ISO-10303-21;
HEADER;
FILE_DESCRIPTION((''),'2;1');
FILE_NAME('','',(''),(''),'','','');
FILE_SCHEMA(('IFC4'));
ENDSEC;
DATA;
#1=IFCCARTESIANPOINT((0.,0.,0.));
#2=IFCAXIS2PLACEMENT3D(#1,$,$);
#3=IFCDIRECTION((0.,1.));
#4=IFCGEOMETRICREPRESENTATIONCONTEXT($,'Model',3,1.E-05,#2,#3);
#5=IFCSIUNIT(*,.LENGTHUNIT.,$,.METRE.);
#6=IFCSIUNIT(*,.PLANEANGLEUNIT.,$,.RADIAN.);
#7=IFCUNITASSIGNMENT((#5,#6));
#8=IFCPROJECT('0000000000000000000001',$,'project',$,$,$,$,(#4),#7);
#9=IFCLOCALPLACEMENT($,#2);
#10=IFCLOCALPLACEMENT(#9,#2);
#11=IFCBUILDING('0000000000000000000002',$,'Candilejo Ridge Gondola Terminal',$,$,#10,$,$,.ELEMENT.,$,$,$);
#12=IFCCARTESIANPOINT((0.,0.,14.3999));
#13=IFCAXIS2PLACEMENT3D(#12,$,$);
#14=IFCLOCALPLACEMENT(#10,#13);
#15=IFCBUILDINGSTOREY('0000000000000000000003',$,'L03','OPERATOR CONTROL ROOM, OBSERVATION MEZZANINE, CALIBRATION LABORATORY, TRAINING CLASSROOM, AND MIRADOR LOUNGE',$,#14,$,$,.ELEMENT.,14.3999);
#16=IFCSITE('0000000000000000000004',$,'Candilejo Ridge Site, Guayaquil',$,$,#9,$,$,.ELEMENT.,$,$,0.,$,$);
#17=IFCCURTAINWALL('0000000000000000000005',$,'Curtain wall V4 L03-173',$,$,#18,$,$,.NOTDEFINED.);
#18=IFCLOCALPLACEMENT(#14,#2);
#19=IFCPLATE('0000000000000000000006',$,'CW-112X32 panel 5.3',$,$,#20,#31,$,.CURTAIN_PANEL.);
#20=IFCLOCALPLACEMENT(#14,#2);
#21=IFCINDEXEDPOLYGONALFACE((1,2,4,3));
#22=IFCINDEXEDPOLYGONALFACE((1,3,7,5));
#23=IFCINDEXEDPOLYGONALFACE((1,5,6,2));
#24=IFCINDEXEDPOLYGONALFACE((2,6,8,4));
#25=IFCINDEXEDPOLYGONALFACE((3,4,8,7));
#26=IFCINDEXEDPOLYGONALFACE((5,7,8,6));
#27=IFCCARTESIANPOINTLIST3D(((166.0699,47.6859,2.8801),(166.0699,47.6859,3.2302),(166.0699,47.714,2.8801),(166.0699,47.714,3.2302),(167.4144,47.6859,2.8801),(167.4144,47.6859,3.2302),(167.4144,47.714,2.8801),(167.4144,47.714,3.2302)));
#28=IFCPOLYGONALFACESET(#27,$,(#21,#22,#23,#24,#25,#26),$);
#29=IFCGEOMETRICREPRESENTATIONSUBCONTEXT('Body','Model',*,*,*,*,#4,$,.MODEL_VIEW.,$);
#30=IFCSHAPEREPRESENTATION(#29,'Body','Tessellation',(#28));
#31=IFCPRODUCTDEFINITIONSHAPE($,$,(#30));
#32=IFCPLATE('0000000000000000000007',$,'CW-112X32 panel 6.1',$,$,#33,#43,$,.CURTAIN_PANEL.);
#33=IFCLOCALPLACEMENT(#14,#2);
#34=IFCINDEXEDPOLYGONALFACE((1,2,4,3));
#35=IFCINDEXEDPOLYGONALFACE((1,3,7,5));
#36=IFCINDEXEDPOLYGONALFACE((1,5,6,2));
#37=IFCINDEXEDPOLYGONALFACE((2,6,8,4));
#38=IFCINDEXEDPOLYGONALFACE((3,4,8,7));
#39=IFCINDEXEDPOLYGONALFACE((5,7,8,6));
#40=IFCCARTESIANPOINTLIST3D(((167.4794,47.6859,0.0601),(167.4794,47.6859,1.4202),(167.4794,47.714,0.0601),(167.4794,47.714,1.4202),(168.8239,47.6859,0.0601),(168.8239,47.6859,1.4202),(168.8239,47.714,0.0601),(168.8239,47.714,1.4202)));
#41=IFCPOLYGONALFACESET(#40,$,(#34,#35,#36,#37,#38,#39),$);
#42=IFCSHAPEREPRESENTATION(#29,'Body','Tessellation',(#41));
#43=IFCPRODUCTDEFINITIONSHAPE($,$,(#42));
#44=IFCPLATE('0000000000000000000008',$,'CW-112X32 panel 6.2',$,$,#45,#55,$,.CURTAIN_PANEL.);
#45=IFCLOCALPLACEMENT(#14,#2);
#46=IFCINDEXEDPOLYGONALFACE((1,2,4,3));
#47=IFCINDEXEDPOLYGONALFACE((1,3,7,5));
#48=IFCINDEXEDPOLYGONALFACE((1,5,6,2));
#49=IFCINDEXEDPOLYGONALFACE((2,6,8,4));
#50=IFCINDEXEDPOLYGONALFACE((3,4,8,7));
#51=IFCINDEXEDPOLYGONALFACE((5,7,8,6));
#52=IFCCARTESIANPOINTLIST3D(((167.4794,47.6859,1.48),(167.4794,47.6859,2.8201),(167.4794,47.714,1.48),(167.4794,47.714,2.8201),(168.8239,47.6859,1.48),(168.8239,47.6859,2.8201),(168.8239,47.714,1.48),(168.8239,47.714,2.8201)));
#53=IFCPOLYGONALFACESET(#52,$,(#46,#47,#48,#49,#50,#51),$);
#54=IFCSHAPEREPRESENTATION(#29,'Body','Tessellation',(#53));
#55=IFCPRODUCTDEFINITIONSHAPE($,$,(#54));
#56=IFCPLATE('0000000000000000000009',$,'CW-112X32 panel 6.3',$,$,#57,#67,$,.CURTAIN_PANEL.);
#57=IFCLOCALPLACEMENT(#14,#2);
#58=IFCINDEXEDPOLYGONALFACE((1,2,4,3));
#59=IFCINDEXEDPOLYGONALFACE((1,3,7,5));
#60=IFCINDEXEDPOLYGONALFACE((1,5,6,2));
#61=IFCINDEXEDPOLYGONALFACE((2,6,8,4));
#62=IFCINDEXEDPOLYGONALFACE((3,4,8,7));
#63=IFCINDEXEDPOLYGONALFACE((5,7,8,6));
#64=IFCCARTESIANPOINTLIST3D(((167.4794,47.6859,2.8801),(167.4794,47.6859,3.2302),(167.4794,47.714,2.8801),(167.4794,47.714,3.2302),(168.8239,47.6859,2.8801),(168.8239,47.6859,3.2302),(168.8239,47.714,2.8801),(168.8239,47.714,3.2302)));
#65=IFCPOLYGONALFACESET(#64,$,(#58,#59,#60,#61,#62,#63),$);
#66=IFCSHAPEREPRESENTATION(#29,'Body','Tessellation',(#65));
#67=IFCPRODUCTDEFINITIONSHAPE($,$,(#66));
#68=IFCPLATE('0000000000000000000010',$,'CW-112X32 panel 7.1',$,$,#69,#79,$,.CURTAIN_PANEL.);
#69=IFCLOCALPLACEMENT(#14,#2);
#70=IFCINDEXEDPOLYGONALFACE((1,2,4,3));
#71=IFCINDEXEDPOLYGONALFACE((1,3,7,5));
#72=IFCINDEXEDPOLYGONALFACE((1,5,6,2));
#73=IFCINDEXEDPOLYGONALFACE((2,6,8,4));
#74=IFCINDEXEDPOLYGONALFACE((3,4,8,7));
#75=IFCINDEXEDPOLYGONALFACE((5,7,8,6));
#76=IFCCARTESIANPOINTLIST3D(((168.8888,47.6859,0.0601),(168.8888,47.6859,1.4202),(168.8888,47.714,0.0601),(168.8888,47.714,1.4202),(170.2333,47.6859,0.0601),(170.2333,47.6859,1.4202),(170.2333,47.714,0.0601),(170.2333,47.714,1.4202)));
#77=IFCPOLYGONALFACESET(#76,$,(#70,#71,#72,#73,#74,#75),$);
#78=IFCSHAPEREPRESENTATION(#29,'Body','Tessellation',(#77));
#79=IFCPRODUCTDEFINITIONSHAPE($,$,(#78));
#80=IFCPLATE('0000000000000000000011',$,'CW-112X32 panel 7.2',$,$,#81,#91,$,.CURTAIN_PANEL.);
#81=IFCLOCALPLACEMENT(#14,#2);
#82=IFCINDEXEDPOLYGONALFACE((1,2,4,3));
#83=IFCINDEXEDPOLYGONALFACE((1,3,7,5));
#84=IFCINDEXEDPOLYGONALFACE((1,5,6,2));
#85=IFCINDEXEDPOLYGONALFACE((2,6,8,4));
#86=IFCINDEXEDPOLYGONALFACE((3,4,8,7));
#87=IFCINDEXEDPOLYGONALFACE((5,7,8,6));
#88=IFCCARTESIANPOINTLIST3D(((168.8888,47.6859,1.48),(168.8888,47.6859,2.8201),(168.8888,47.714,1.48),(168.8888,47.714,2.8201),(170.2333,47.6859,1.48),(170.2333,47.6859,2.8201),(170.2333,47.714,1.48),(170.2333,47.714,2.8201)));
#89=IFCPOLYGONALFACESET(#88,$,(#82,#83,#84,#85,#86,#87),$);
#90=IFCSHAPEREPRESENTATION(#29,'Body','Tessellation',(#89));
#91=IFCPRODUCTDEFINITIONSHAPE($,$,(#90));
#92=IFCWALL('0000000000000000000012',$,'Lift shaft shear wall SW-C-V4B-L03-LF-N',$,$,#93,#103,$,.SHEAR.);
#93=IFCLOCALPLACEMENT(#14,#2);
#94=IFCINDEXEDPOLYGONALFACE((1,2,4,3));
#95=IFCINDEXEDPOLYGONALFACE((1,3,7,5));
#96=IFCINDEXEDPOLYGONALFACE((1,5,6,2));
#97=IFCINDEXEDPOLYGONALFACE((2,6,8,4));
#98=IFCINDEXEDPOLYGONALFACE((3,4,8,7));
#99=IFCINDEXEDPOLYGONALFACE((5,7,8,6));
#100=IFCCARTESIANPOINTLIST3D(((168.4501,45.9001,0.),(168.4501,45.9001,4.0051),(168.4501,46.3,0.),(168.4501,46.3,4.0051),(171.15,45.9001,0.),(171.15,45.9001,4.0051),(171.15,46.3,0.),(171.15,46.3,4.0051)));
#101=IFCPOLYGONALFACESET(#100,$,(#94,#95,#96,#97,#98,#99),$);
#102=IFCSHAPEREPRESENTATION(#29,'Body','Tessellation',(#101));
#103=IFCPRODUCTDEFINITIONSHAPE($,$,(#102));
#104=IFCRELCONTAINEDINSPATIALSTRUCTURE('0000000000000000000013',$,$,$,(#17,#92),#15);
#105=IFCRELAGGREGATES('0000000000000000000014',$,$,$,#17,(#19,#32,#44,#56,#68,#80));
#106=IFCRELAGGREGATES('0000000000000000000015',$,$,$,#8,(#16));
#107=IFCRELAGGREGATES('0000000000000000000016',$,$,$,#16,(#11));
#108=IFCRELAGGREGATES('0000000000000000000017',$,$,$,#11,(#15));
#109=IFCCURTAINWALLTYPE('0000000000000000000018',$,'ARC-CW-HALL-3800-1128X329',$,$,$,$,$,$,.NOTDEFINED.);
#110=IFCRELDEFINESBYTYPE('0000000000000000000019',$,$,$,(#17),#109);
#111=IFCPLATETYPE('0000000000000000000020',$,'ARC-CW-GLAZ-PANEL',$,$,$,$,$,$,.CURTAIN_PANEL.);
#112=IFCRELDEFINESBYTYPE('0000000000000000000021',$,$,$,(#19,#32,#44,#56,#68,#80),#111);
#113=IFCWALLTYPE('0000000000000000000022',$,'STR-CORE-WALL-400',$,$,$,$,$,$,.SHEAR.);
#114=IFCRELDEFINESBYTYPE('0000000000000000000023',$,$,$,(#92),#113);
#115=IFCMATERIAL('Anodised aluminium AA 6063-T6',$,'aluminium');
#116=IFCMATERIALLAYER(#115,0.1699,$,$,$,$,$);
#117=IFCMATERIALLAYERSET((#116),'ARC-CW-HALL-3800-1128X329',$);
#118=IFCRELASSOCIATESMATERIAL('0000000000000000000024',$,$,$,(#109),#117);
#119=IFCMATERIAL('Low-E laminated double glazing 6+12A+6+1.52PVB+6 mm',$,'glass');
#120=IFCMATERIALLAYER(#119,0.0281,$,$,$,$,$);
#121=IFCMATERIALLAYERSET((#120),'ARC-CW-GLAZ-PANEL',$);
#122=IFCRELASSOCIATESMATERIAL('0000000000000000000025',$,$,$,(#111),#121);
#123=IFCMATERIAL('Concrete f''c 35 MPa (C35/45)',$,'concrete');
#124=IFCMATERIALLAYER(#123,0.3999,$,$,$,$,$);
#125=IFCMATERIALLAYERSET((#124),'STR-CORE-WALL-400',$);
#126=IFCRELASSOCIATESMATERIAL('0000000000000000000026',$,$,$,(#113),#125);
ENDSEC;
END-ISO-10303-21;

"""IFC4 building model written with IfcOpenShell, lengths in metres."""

from ifc_helpers import new_model, si_unit, direction, frame, frame_2d, origin, origin_2d, place, context, subcontext, project, spatial, rectangle, extrude, material, layer, layer_set, type_object, element, aggregate, save


model = new_model("IFC4")

# Units and contexts
model_context = context("Model", 3, precision=1e-05, world=origin(), true_north=direction((0.0, 1.0)))
body_context = subcontext(model_context, "Body", "Model", "MODEL_VIEW")
ifc_project = project(units=[si_unit("LENGTHUNIT", "METRE"), si_unit("PLANEANGLEUNIT", "RADIAN")], contexts=[model_context])

# Site, building, storey
site_placement = place(None, origin())
site = spatial("IfcSite", under=ifc_project, at=site_placement, Name="Candilejo Ridge Site, Guayaquil", CompositionType="ELEMENT", RefElevation=0.0)
building_placement = place(site_placement, origin())
building = spatial("IfcBuilding", under=site, at=building_placement, Name="Candilejo Ridge Gondola Terminal", CompositionType="ELEMENT")
storey_placement = place(building_placement, frame((0.0, 0.0, 14.3999)))
storey = spatial("IfcBuildingStorey", under=building, at=storey_placement, Name="L03", Description="OPERATOR CONTROL ROOM, OBSERVATION MEZZANINE, CALIBRATION LABORATORY, TRAINING CLASSROOM, AND MIRADOR LOUNGE", CompositionType="ELEMENT", Elevation=14.3999)

# Curtain wall, plates
ifc_material_1 = material(Name="Anodised aluminium AA 6063-T6", Category="aluminium")
ifc_layer_1 = layer(ifc_material_1, 0.1699)
ifc_layer_set_1 = layer_set([ifc_layer_1], Name="ARC-CW-HALL-3800-1128X329")
curtain_wall_type = type_object("IfcCurtainWallType", Name="ARC-CW-HALL-3800-1128X329", PredefinedType="NOTDEFINED", material=ifc_layer_set_1)
curtain_wall_placement = place(storey_placement, origin())
curtain_wall = element("IfcCurtainWall", 1, at=curtain_wall_placement, inside=storey, type_object=curtain_wall_type, Name="Curtain wall V4 L03-173", PredefinedType="NOTDEFINED")
ifc_material_2 = material(Name="Low-E laminated double glazing 6+12A+6+1.52PVB+6 mm", Category="glass")
ifc_layer_2 = layer(ifc_material_2, 0.0281)
ifc_layer_set_2 = layer_set([ifc_layer_2], Name="ARC-CW-GLAZ-PANEL")
plate_type = type_object("IfcPlateType", Name="ARC-CW-GLAZ-PANEL", PredefinedType="CURTAIN_PANEL", material=ifc_layer_set_2)
plate_1_placement = place(storey_placement, frame((166.7422, 47.7, 2.8801), z_axis=(0.0, 0.0, 1.0), x_axis=(1.0, 0.0, 0.0)))
plate_1 = element("IfcPlate", 2, at=plate_1_placement, type_object=plate_type, Name="CW-112X32 panel 5.3", PredefinedType="CURTAIN_PANEL", context=body_context, shape_type="SweptSolid", body=[
    extrude(rectangle(XDim=1.3445, YDim=0.0281, at=origin_2d()), origin(), (0.0, 0.0, 1.0), 0.3501),
])
plate_2_placement = place(storey_placement, frame((168.1516, 47.7, 0.0601), z_axis=(0.0, 0.0, 1.0), x_axis=(1.0, 0.0, 0.0)))
plate_2 = element("IfcPlate", 3, at=plate_2_placement, type_object=plate_type, Name="CW-112X32 panel 6.1", PredefinedType="CURTAIN_PANEL", context=body_context, shape_type="SweptSolid", body=[
    extrude(rectangle(XDim=1.3445, YDim=0.0281, at=origin_2d()), origin(), (0.0, 0.0, 1.0), 1.3601),
])
plate_3_placement = place(storey_placement, frame((168.1516, 47.7, 1.48), z_axis=(0.0, 0.0, 1.0), x_axis=(1.0, 0.0, 0.0)))
plate_3 = element("IfcPlate", 4, at=plate_3_placement, type_object=plate_type, Name="CW-112X32 panel 6.2", PredefinedType="CURTAIN_PANEL", context=body_context, shape_type="SweptSolid", body=[
    extrude(rectangle(XDim=1.3445, YDim=0.0281, at=origin_2d()), origin(), (0.0, 0.0, 1.0), 1.3401),
])
plate_4_placement = place(storey_placement, frame((168.1516, 47.7, 2.8801), z_axis=(0.0, 0.0, 1.0), x_axis=(1.0, 0.0, 0.0)))
plate_4 = element("IfcPlate", 5, at=plate_4_placement, type_object=plate_type, Name="CW-112X32 panel 6.3", PredefinedType="CURTAIN_PANEL", context=body_context, shape_type="SweptSolid", body=[
    extrude(rectangle(XDim=1.3445, YDim=0.0281, at=origin_2d()), origin(), (0.0, 0.0, 1.0), 0.3501),
])
plate_5_placement = place(storey_placement, frame((169.561, 47.7, 0.0601), z_axis=(0.0, 0.0, 1.0), x_axis=(1.0, 0.0, 0.0)))
plate_5 = element("IfcPlate", 6, at=plate_5_placement, type_object=plate_type, Name="CW-112X32 panel 7.1", PredefinedType="CURTAIN_PANEL", context=body_context, shape_type="SweptSolid", body=[
    extrude(rectangle(XDim=1.3445, YDim=0.0281, at=origin_2d()), origin(), (0.0, 0.0, 1.0), 1.3601),
])
plate_6_placement = place(storey_placement, frame((169.561, 47.7, 1.48), z_axis=(0.0, 0.0, 1.0), x_axis=(1.0, 0.0, 0.0)))
plate_6 = element("IfcPlate", 7, at=plate_6_placement, type_object=plate_type, Name="CW-112X32 panel 7.2", PredefinedType="CURTAIN_PANEL", context=body_context, shape_type="SweptSolid", body=[
    extrude(rectangle(XDim=1.3445, YDim=0.0281, at=origin_2d()), origin(), (0.0, 0.0, 1.0), 1.3401),
])
aggregate(curtain_wall, [plate_1, plate_2, plate_3, plate_4, plate_5, plate_6])

# Wall
ifc_material_3 = material(Name="Concrete f'c 35 MPa (C35/45)", Category="concrete")
ifc_layer_3 = layer(ifc_material_3, 0.3999)
ifc_layer_set_3 = layer_set([ifc_layer_3], Name="STR-CORE-WALL-400")
wall_type = type_object("IfcWallType", Name="STR-CORE-WALL-400", PredefinedType="SHEAR", material=ifc_layer_set_3)
wall_placement = place(storey_placement, frame((168.45, 46.1001, 0.0), z_axis=(0.0, 0.0, 1.0), x_axis=(1.0, 0.0, 0.0)))
element("IfcWall", 8, at=wall_placement, inside=storey, type_object=wall_type, Name="Lift shaft shear wall SW-C-V4B-L03-LF-N", PredefinedType="SHEAR", context=body_context, shape_type="SweptSolid", body=[
    extrude(rectangle(XDim=2.7, YDim=0.3999, at=frame_2d((1.3501, 0.0))), origin(), (0.0, 0.0, 1.0), 4.0051),
])

save(model, "model.ifc")
